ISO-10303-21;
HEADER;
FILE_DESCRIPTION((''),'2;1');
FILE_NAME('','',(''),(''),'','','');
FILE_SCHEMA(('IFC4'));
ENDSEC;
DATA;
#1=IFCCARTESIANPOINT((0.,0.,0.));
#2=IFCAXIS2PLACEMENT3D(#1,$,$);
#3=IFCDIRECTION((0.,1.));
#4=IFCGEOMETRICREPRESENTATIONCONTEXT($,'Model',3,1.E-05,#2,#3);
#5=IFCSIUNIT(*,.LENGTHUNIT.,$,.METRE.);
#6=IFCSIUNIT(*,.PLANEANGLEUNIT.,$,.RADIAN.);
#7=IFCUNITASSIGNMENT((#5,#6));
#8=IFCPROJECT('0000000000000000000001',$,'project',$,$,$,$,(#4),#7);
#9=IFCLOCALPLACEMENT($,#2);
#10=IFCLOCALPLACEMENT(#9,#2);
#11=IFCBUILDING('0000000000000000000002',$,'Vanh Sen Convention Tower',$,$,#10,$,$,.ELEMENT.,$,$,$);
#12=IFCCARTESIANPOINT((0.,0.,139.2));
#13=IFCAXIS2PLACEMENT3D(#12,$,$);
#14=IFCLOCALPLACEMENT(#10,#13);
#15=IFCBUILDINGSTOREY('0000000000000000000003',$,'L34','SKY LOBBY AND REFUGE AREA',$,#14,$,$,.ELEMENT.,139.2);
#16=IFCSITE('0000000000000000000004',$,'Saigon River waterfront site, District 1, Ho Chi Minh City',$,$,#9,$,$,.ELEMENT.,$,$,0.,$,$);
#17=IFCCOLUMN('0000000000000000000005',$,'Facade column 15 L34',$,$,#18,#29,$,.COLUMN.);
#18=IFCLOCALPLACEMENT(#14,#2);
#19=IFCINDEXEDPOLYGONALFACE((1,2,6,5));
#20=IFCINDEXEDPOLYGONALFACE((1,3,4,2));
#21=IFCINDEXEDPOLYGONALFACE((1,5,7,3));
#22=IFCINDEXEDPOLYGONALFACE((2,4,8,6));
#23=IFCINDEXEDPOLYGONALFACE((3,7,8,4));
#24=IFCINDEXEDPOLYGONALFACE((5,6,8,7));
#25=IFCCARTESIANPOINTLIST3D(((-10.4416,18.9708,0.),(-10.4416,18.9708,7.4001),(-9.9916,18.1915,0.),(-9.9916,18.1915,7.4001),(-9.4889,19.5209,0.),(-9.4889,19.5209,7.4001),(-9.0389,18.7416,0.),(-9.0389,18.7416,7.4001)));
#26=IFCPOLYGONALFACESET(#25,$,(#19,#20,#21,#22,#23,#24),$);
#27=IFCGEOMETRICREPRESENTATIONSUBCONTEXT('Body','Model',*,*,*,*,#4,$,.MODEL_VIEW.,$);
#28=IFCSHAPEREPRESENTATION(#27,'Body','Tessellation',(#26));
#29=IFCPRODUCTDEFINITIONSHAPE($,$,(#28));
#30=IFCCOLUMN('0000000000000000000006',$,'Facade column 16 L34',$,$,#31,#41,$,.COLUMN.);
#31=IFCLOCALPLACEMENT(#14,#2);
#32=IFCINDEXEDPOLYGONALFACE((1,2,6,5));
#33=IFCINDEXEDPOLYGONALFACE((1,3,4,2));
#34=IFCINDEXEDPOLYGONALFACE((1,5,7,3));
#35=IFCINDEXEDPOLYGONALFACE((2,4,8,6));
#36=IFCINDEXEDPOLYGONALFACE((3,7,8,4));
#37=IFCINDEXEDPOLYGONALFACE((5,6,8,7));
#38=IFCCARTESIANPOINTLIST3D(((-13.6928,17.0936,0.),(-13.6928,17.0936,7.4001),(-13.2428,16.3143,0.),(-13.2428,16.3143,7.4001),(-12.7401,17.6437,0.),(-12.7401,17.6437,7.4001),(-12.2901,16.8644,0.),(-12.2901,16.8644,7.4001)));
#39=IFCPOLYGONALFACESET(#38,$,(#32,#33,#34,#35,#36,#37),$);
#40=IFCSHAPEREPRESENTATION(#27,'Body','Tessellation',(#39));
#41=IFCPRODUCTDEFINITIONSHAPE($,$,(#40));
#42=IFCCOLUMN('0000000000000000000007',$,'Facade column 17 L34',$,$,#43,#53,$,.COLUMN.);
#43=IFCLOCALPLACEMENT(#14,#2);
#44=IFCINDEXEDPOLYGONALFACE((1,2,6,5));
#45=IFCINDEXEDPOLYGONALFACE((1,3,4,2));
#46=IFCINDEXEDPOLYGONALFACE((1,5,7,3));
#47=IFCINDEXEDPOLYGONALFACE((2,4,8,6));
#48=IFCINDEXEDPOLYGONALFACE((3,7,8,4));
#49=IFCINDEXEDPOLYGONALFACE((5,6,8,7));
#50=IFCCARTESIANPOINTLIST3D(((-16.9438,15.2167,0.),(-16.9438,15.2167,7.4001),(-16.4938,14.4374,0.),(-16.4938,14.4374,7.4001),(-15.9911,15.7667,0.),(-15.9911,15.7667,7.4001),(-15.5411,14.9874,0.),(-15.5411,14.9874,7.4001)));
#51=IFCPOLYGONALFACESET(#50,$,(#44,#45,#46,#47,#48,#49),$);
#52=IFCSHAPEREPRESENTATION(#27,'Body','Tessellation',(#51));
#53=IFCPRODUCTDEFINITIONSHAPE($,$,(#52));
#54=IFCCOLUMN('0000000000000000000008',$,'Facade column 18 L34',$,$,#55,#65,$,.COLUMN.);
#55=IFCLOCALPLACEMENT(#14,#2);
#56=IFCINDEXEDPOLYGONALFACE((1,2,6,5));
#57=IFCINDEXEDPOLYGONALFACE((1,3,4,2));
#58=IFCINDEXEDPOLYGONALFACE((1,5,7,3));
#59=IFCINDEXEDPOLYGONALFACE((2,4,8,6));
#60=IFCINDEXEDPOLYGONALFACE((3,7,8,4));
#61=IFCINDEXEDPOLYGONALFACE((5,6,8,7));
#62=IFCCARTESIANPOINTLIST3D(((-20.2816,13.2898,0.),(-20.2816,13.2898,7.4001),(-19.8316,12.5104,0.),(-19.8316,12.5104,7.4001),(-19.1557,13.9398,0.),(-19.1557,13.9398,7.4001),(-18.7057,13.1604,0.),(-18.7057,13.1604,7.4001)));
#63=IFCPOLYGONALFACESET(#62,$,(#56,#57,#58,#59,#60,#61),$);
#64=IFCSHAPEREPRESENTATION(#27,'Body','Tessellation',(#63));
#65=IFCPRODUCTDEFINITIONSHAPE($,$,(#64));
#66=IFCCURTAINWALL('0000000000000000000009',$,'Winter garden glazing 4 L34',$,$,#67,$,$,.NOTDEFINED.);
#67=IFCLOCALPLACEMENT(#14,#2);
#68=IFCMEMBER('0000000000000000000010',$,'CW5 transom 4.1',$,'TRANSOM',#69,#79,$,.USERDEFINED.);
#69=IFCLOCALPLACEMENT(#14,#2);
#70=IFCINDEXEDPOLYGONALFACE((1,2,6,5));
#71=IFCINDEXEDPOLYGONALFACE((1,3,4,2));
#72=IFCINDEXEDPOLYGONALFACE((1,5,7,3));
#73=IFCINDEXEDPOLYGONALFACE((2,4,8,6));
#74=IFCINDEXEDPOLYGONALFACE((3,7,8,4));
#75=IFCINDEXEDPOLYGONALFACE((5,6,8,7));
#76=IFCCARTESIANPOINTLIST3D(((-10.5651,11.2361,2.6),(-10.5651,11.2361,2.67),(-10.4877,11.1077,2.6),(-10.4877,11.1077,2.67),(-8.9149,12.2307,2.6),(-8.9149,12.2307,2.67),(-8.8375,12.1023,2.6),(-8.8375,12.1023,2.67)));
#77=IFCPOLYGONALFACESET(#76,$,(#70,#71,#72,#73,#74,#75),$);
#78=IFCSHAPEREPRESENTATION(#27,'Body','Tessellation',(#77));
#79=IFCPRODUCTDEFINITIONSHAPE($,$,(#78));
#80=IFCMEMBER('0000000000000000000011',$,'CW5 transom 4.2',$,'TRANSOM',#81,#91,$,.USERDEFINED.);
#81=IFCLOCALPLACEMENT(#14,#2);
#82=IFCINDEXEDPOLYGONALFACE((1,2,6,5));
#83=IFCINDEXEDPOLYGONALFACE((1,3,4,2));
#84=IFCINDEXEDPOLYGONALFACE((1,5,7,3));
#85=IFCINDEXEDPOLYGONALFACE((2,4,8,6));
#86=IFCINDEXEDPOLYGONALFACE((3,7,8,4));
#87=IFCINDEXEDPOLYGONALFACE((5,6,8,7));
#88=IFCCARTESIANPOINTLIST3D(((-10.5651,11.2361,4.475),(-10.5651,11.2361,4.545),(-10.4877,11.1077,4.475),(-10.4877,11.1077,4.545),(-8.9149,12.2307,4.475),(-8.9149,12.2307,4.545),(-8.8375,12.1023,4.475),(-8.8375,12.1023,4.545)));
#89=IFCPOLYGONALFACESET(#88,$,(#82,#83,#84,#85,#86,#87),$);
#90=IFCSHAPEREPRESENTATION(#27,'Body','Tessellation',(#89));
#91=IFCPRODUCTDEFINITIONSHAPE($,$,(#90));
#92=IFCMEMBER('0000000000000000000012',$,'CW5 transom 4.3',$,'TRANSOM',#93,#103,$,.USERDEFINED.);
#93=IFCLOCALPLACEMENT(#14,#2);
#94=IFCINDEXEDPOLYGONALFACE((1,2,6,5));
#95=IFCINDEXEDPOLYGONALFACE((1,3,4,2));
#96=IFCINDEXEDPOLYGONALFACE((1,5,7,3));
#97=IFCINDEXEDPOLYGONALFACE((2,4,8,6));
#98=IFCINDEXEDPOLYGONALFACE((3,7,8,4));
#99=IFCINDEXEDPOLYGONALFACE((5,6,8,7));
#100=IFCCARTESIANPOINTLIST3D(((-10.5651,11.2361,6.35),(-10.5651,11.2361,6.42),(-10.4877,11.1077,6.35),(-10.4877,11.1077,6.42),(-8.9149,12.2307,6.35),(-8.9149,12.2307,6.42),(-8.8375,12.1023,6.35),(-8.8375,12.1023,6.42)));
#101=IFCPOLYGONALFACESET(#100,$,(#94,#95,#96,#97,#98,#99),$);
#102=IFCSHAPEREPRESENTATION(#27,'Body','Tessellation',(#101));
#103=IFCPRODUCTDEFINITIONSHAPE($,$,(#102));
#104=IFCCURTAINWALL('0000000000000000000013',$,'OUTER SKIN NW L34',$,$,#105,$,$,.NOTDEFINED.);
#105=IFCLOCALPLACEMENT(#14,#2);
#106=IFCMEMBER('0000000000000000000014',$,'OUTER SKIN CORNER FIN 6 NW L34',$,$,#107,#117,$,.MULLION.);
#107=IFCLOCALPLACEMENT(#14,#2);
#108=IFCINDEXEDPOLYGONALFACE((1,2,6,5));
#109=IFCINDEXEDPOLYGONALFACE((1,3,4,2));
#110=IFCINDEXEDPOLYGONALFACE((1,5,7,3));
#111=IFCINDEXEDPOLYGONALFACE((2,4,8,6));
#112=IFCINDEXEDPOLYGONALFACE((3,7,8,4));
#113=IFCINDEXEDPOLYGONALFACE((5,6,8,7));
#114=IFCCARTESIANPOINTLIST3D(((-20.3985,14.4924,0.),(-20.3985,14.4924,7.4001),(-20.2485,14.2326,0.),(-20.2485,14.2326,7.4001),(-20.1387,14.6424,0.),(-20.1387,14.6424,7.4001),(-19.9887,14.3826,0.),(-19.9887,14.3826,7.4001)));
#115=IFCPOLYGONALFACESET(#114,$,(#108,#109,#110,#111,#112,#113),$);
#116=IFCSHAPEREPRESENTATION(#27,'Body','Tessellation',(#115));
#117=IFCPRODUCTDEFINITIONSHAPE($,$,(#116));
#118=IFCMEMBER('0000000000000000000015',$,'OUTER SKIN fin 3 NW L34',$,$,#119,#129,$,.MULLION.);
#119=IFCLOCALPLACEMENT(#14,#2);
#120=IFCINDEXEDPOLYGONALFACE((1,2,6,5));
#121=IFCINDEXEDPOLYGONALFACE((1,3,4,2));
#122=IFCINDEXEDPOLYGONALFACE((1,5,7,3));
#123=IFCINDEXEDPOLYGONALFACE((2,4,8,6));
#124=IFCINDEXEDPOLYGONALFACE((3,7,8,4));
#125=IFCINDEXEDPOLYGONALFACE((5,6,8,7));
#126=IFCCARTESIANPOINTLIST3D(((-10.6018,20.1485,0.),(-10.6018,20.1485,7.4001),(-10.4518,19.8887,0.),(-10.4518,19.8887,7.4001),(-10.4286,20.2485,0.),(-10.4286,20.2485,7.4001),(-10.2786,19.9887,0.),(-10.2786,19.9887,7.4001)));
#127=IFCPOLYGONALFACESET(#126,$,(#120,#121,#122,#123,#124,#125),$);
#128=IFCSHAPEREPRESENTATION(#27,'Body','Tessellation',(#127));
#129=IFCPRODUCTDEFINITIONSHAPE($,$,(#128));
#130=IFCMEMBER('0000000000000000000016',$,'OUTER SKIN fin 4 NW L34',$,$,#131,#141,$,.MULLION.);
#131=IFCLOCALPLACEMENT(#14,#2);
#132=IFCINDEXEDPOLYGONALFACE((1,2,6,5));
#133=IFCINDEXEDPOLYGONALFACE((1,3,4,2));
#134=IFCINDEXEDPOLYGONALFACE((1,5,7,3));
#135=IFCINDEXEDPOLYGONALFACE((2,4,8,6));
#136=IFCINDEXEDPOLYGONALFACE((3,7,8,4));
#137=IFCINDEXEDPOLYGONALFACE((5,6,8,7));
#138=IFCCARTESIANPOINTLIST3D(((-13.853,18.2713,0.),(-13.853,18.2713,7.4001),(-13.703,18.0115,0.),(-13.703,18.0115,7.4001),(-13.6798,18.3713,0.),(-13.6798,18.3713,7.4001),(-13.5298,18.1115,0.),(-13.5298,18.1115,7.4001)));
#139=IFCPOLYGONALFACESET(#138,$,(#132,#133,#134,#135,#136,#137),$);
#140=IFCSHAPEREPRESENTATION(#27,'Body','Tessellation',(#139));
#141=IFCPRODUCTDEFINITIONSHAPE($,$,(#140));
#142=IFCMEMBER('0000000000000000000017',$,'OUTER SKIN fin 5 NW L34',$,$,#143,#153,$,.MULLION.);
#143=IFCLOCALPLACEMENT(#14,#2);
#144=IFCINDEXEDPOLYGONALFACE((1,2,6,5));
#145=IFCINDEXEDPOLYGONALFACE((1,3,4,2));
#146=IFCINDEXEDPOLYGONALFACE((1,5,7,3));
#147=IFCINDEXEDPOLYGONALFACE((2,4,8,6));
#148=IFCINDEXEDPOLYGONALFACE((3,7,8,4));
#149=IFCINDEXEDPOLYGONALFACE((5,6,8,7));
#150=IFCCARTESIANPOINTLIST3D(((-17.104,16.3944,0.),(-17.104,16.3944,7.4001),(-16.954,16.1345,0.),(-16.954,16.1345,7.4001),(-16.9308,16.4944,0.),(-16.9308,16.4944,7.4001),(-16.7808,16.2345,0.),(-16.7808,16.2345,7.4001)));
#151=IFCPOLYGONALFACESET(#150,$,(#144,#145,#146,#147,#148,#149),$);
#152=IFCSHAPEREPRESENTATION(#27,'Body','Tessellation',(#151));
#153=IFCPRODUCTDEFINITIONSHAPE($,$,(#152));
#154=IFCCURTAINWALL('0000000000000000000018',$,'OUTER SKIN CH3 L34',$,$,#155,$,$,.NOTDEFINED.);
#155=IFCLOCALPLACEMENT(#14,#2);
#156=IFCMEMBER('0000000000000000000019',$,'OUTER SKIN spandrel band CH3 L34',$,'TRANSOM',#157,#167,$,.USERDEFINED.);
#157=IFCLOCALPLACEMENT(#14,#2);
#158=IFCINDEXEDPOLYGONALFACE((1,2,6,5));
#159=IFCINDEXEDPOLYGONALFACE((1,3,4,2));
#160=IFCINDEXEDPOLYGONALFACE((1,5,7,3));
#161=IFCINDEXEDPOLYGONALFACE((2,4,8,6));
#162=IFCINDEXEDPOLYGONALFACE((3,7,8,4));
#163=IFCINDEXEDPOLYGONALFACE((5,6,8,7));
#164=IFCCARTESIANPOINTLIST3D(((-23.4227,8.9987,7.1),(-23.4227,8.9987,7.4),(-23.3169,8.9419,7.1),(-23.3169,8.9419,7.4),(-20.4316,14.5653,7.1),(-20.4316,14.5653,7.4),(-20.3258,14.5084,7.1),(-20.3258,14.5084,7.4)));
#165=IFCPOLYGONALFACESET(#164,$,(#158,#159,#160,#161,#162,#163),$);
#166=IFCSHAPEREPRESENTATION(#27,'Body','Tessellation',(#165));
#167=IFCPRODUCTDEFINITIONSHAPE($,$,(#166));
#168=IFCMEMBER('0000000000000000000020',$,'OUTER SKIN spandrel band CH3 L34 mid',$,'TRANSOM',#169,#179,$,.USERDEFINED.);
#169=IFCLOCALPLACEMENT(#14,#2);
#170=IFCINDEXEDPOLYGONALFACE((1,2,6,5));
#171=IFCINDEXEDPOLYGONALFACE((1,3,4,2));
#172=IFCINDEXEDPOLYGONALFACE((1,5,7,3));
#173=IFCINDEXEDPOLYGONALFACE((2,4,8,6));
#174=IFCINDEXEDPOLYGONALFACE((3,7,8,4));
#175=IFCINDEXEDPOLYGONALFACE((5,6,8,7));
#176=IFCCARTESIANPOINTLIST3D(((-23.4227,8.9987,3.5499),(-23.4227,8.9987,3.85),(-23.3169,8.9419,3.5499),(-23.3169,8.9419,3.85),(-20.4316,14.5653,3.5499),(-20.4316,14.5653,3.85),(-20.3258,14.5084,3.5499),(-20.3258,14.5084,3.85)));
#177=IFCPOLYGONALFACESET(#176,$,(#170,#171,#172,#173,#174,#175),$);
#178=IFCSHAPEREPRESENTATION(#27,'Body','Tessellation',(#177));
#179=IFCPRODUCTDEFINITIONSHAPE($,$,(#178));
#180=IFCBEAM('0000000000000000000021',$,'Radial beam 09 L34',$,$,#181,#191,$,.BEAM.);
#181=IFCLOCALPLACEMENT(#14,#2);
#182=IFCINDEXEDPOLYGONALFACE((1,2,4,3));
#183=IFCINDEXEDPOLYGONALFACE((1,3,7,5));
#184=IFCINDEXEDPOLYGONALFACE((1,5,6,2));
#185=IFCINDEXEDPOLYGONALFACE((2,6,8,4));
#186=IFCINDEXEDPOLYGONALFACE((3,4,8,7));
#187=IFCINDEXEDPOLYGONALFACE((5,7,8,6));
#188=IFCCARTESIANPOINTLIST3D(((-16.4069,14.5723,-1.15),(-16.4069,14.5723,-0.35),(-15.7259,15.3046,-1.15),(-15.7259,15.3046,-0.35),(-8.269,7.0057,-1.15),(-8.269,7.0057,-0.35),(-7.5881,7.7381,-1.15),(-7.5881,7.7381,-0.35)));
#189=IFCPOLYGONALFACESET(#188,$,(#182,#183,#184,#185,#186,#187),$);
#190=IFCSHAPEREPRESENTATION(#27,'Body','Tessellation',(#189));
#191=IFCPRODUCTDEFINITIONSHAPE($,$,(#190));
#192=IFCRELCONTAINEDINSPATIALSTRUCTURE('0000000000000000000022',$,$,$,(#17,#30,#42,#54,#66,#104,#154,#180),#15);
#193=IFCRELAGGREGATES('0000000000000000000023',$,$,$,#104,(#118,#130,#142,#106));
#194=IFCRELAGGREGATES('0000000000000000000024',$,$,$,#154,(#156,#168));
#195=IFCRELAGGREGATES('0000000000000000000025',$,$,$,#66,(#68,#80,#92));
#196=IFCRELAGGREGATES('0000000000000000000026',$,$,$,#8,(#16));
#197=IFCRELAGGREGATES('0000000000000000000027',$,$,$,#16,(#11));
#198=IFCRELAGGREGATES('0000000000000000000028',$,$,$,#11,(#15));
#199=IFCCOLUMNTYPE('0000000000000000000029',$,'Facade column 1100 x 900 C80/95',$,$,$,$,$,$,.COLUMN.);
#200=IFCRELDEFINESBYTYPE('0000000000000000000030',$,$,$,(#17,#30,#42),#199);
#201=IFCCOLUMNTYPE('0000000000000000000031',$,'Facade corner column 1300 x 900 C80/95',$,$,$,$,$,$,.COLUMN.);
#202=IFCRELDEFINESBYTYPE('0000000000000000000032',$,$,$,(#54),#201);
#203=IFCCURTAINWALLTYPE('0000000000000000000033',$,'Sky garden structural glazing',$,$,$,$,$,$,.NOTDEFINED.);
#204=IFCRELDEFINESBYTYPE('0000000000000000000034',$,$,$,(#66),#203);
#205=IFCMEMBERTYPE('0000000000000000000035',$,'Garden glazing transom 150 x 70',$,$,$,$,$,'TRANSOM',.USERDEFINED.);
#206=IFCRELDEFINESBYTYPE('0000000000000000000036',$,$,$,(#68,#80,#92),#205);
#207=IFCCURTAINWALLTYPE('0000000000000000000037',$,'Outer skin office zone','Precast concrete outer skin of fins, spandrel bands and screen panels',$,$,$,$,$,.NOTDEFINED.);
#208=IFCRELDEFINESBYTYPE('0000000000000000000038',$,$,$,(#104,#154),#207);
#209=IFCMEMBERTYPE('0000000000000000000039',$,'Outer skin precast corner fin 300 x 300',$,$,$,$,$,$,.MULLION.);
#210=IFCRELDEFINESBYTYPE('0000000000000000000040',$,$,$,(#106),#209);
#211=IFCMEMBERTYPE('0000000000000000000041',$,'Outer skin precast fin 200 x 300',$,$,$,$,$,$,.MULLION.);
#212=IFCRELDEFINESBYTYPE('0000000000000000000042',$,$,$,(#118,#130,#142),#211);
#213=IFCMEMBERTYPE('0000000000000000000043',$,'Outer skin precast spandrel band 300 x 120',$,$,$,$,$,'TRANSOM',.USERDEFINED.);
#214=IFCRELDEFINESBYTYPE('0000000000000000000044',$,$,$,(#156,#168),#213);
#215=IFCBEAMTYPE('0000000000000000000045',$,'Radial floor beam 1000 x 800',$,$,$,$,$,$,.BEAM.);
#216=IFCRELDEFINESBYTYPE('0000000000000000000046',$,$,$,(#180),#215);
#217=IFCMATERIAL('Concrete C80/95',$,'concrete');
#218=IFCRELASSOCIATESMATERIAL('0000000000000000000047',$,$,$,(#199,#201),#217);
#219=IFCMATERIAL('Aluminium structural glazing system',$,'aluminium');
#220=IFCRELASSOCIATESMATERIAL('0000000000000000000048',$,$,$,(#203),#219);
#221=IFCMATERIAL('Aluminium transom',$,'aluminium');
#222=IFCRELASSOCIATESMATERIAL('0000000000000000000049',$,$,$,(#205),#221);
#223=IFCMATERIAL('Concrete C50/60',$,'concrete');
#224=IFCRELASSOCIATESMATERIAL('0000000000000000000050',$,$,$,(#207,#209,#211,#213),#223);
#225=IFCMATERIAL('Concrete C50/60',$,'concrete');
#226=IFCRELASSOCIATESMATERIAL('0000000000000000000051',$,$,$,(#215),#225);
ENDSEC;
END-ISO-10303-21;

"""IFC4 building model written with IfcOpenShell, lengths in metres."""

from ifc_helpers import new_model, si_unit, direction, frame, origin, origin_2d, place, context, subcontext, project, spatial, rectangle, extrude, material, material_profile, profile_set, type_object, element, aggregate, save


model = new_model("IFC4")

# Units and contexts
model_context = context("Model", 3, precision=1e-05, world=origin(), true_north=direction((0.0, 1.0)))
body_context = subcontext(model_context, "Body", "Model", "MODEL_VIEW")
ifc_project = project(units=[si_unit("LENGTHUNIT", "METRE"), si_unit("PLANEANGLEUNIT", "RADIAN")], contexts=[model_context])

# Site, building, storey
site_placement = place(None, origin())
site = spatial("IfcSite", under=ifc_project, at=site_placement, Name="Saigon River waterfront site, District 1, Ho Chi Minh City", CompositionType="ELEMENT", RefElevation=0.0)
building_placement = place(site_placement, origin())
building = spatial("IfcBuilding", under=site, at=building_placement, Name="Vanh Sen Convention Tower", CompositionType="ELEMENT")
storey_placement = place(building_placement, frame((0.0, 0.0, 139.2)))
storey = spatial("IfcBuildingStorey", under=building, at=storey_placement, Name="L34", Description="SKY LOBBY AND REFUGE AREA", CompositionType="ELEMENT", Elevation=139.2)

# Columns
ifc_material_1 = material(Name="Concrete C80/95", Category="concrete")
ifc_material_profile_1 = material_profile(ifc_material_1, rectangle(XDim=1.1001, YDim=0.8999, at=origin_2d()), Name="RC 1100X900")
ifc_profile_set_1 = profile_set([ifc_material_profile_1], Name="Concrete C80/95")
column_type_1 = type_object("IfcColumnType", Name="Facade column 1100 x 900 C80/95", PredefinedType="COLUMN", material=ifc_profile_set_1)
for number, where, z_axis, x_axis, name in (
    (1, (-9.7402, 18.8562, 0.0), (0.0, 0.0, 1.0), (-0.866025, -0.5, 0.0), "Facade column 15 L34"),
    (2, (-12.9915, 16.979, 0.0), (0.0, 0.0, 1.0), (-0.866025, -0.5, 0.0), "Facade column 16 L34"),
    (3, (-16.2424, 15.1021, 0.0), (0.0, 0.0, 1.0), (-0.866025, -0.5, 0.0), "Facade column 17 L34"),
):
    element("IfcColumn", number, at=place(storey_placement, frame(where, z_axis=z_axis, x_axis=x_axis)), inside=storey, type_object=column_type_1, Name=name, PredefinedType="COLUMN", context=body_context, shape_type="SweptSolid", body=[
        extrude(rectangle(XDim=1.1001, YDim=0.8999, at=origin_2d()), origin(), (0.0, 0.0, 1.0), 7.4001),
    ])
ifc_material_profile_2 = material_profile(ifc_material_1, rectangle(XDim=1.3, YDim=0.8999, at=origin_2d()), Name="RC 1300X900")
ifc_profile_set_2 = profile_set([ifc_material_profile_2], Name="Concrete C80/95")
column_type_2 = type_object("IfcColumnType", Name="Facade corner column 1300 x 900 C80/95", PredefinedType="COLUMN", material=ifc_profile_set_2)
column_placement = place(storey_placement, frame((-19.4937, 13.2251, 0.0), z_axis=(0.0, 0.0, 1.0), x_axis=(-0.866025, -0.5, 0.0)))
element("IfcColumn", 4, at=column_placement, inside=storey, type_object=column_type_2, Name="Facade column 18 L34", PredefinedType="COLUMN", context=body_context, shape_type="SweptSolid", body=[
    extrude(rectangle(XDim=1.3, YDim=0.8999, at=origin_2d()), origin(), (0.0, 0.0, 1.0), 7.4001),
])

# Curtain walls, members
ifc_material_2 = material(Name="Aluminium structural glazing system", Category="aluminium")
curtain_wall_type_1 = type_object("IfcCurtainWallType", Name="Sky garden structural glazing", PredefinedType="NOTDEFINED", material=ifc_material_2)
curtain_wall_1_placement = place(storey_placement, origin())
curtain_wall_1 = element("IfcCurtainWall", 5, at=curtain_wall_1_placement, inside=storey, type_object=curtain_wall_type_1, Name="Winter garden glazing 4 L34", PredefinedType="NOTDEFINED")
ifc_material_3 = material(Name="Aluminium transom", Category="aluminium")
ifc_material_profile_3 = material_profile(ifc_material_3, rectangle(XDim=0.1499, YDim=0.0701, at=origin_2d()), Name="Garden glazing transom 150 x 70")
ifc_profile_set_3 = profile_set([ifc_material_profile_3], Name="Aluminium transom")
member_type_1 = type_object("IfcMemberType", Name="Garden glazing transom 150 x 70", ElementType="TRANSOM", PredefinedType="USERDEFINED", material=ifc_profile_set_3)
member_1_placement = place(storey_placement, frame((-10.5264, 11.1719, 2.635), z_axis=(0.856451, 0.516228, 0.0), x_axis=(-0.516228, 0.856451, 0.0)))
member_1 = element("IfcMember", 6, at=member_1_placement, type_object=member_type_1, Name="CW5 transom 4.1", ObjectType="TRANSOM", PredefinedType="USERDEFINED", context=body_context, shape_type="SweptSolid", body=[
    extrude(rectangle(XDim=0.1499, YDim=0.0701, at=origin_2d()), origin(), (0.0, 0.0, 1.0), 1.9268),
])
member_2_placement = place(storey_placement, frame((-10.5264, 11.1719, 4.51), z_axis=(0.856451, 0.516228, 0.0), x_axis=(-0.516228, 0.856451, 0.0)))
member_2 = element("IfcMember", 7, at=member_2_placement, type_object=member_type_1, Name="CW5 transom 4.2", ObjectType="TRANSOM", PredefinedType="USERDEFINED", context=body_context, shape_type="SweptSolid", body=[
    extrude(rectangle(XDim=0.1499, YDim=0.0701, at=origin_2d()), origin(), (0.0, 0.0, 1.0), 1.9268),
])
member_3_placement = place(storey_placement, frame((-10.5264, 11.1719, 6.385), z_axis=(0.856451, 0.516228, 0.0), x_axis=(-0.516228, 0.856451, 0.0)))
member_3 = element("IfcMember", 8, at=member_3_placement, type_object=member_type_1, Name="CW5 transom 4.3", ObjectType="TRANSOM", PredefinedType="USERDEFINED", context=body_context, shape_type="SweptSolid", body=[
    extrude(rectangle(XDim=0.1499, YDim=0.0701, at=origin_2d()), origin(), (0.0, 0.0, 1.0), 1.9268),
])
ifc_material_4 = material(Name="Concrete C50/60", Category="concrete")
curtain_wall_type_2 = type_object("IfcCurtainWallType", Name="Outer skin office zone", Description="Precast concrete outer skin of fins, spandrel bands and screen panels", PredefinedType="NOTDEFINED", material=ifc_material_4)
curtain_wall_2_placement = place(storey_placement, origin())
curtain_wall_2 = element("IfcCurtainWall", 9, at=curtain_wall_2_placement, inside=storey, type_object=curtain_wall_type_2, Name="OUTER SKIN NW L34", PredefinedType="NOTDEFINED")
ifc_material_profile_4 = material_profile(ifc_material_4, rectangle(XDim=0.3, YDim=0.3, at=origin_2d()), Name="Outer skin precast corner fin 300 x 300")
ifc_profile_set_4 = profile_set([ifc_material_profile_4], Name="Concrete C50/60")
member_type_2 = type_object("IfcMemberType", Name="Outer skin precast corner fin 300 x 300", PredefinedType="MULLION", material=ifc_profile_set_4)
member_4_placement = place(storey_placement, frame((-20.1936, 14.4375, 0.0), z_axis=(0.0, 0.0, 1.0), x_axis=(-0.866025, -0.5, 0.0)))
member_4 = element("IfcMember", 10, at=member_4_placement, type_object=member_type_2, Name="OUTER SKIN CORNER FIN 6 NW L34", PredefinedType="MULLION", context=body_context, shape_type="SweptSolid", body=[
    extrude(rectangle(XDim=0.3, YDim=0.3, at=origin_2d()), origin(), (0.0, 0.0, 1.0), 7.4001),
])
ifc_material_profile_5 = material_profile(ifc_material_4, rectangle(XDim=0.2, YDim=0.3, at=origin_2d()), Name="Outer skin precast fin 200 x 300")
ifc_profile_set_5 = profile_set([ifc_material_profile_5], Name="Concrete C50/60")
member_type_3 = type_object("IfcMemberType", Name="Outer skin precast fin 200 x 300", PredefinedType="MULLION", material=ifc_profile_set_5)
member_5_placement = place(storey_placement, frame((-10.4402, 20.0686, 0.0), z_axis=(0.0, 0.0, 1.0), x_axis=(-0.866025, -0.5, 0.0)))
member_5 = element("IfcMember", 11, at=member_5_placement, type_object=member_type_3, Name="OUTER SKIN fin 3 NW L34", PredefinedType="MULLION", context=body_context, shape_type="SweptSolid", body=[
    extrude(rectangle(XDim=0.2, YDim=0.3, at=origin_2d()), origin(), (0.0, 0.0, 1.0), 7.4001),
])
member_6_placement = place(storey_placement, frame((-13.6914, 18.1914, 0.0), z_axis=(0.0, 0.0, 1.0), x_axis=(-0.866025, -0.5, 0.0)))
member_6 = element("IfcMember", 12, at=member_6_placement, type_object=member_type_3, Name="OUTER SKIN fin 4 NW L34", PredefinedType="MULLION", context=body_context, shape_type="SweptSolid", body=[
    extrude(rectangle(XDim=0.2, YDim=0.3, at=origin_2d()), origin(), (0.0, 0.0, 1.0), 7.4001),
])
member_7_placement = place(storey_placement, frame((-16.9424, 16.3145, 0.0), z_axis=(0.0, 0.0, 1.0), x_axis=(-0.866025, -0.5, 0.0)))
member_7 = element("IfcMember", 13, at=member_7_placement, type_object=member_type_3, Name="OUTER SKIN fin 5 NW L34", PredefinedType="MULLION", context=body_context, shape_type="SweptSolid", body=[
    extrude(rectangle(XDim=0.2, YDim=0.3, at=origin_2d()), origin(), (0.0, 0.0, 1.0), 7.4001),
])
aggregate(curtain_wall_2, [member_5, member_6, member_7, member_4])
curtain_wall_3_placement = place(storey_placement, origin())
curtain_wall_3 = element("IfcCurtainWall", 14, at=curtain_wall_3_placement, inside=storey, type_object=curtain_wall_type_2, Name="OUTER SKIN CH3 L34", PredefinedType="NOTDEFINED")
ifc_material_profile_6 = material_profile(ifc_material_4, rectangle(XDim=0.1201, YDim=0.3, at=origin_2d()), Name="Outer skin precast spandrel band 300 x 120")
ifc_profile_set_6 = profile_set([ifc_material_profile_6], Name="Concrete C50/60")
member_type_4 = type_object("IfcMemberType", Name="Outer skin precast spandrel band 300 x 120", ElementType="TRANSOM", PredefinedType="USERDEFINED", material=ifc_profile_set_6)
member_8_placement = place(storey_placement, frame((-20.3787, 14.5369, 7.25), z_axis=(-0.473337, -0.880881, 0.0), x_axis=(0.880881, -0.473337, 0.0)))
member_8 = element("IfcMember", 15, at=member_8_placement, type_object=member_type_4, Name="OUTER SKIN spandrel band CH3 L34", ObjectType="TRANSOM", PredefinedType="USERDEFINED", context=body_context, shape_type="SweptSolid", body=[
    extrude(rectangle(XDim=0.1201, YDim=0.3, at=origin_2d()), origin(), (0.0, 0.0, 1.0), 6.3193),
])
member_9_placement = place(storey_placement, frame((-20.3787, 14.5369, 3.7), z_axis=(-0.473337, -0.880881, 0.0), x_axis=(0.880881, -0.473337, 0.0)))
member_9 = element("IfcMember", 16, at=member_9_placement, type_object=member_type_4, Name="OUTER SKIN spandrel band CH3 L34 mid", ObjectType="TRANSOM", PredefinedType="USERDEFINED", context=body_context, shape_type="SweptSolid", body=[
    extrude(rectangle(XDim=0.1201, YDim=0.3, at=origin_2d()), origin(), (0.0, 0.0, 1.0), 6.3193),
])
aggregate(curtain_wall_3, [member_8, member_9])

# Beam
ifc_material_5 = material(Name="Concrete C50/60", Category="concrete")
ifc_material_profile_7 = material_profile(ifc_material_5, rectangle(XDim=1.0, YDim=0.8, at=origin_2d()), Name="RC 1000X800")
ifc_profile_set_7 = profile_set([ifc_material_profile_7], Name="Concrete C50/60")
beam_type_1 = type_object("IfcBeamType", Name="Radial floor beam 1000 x 800", PredefinedType="BEAM", material=ifc_profile_set_7)
beam_1_placement = place(storey_placement, frame((-16.0664, 14.9385, -0.75), z_axis=(0.732345, -0.680934, 0.0), x_axis=(0.680934, 0.732345, 0.0)))
element("IfcBeam", 17, at=beam_1_placement, inside=storey, type_object=beam_type_1, Name="Radial beam 09 L34", PredefinedType="BEAM", context=body_context, shape_type="SweptSolid", body=[
    extrude(rectangle(XDim=1.0, YDim=0.8, at=origin_2d()), origin(), (0.0, 0.0, 1.0), 11.1121),
])

aggregate(curtain_wall_1, [member_1, member_2, member_3])

save(model, "model.ifc")
